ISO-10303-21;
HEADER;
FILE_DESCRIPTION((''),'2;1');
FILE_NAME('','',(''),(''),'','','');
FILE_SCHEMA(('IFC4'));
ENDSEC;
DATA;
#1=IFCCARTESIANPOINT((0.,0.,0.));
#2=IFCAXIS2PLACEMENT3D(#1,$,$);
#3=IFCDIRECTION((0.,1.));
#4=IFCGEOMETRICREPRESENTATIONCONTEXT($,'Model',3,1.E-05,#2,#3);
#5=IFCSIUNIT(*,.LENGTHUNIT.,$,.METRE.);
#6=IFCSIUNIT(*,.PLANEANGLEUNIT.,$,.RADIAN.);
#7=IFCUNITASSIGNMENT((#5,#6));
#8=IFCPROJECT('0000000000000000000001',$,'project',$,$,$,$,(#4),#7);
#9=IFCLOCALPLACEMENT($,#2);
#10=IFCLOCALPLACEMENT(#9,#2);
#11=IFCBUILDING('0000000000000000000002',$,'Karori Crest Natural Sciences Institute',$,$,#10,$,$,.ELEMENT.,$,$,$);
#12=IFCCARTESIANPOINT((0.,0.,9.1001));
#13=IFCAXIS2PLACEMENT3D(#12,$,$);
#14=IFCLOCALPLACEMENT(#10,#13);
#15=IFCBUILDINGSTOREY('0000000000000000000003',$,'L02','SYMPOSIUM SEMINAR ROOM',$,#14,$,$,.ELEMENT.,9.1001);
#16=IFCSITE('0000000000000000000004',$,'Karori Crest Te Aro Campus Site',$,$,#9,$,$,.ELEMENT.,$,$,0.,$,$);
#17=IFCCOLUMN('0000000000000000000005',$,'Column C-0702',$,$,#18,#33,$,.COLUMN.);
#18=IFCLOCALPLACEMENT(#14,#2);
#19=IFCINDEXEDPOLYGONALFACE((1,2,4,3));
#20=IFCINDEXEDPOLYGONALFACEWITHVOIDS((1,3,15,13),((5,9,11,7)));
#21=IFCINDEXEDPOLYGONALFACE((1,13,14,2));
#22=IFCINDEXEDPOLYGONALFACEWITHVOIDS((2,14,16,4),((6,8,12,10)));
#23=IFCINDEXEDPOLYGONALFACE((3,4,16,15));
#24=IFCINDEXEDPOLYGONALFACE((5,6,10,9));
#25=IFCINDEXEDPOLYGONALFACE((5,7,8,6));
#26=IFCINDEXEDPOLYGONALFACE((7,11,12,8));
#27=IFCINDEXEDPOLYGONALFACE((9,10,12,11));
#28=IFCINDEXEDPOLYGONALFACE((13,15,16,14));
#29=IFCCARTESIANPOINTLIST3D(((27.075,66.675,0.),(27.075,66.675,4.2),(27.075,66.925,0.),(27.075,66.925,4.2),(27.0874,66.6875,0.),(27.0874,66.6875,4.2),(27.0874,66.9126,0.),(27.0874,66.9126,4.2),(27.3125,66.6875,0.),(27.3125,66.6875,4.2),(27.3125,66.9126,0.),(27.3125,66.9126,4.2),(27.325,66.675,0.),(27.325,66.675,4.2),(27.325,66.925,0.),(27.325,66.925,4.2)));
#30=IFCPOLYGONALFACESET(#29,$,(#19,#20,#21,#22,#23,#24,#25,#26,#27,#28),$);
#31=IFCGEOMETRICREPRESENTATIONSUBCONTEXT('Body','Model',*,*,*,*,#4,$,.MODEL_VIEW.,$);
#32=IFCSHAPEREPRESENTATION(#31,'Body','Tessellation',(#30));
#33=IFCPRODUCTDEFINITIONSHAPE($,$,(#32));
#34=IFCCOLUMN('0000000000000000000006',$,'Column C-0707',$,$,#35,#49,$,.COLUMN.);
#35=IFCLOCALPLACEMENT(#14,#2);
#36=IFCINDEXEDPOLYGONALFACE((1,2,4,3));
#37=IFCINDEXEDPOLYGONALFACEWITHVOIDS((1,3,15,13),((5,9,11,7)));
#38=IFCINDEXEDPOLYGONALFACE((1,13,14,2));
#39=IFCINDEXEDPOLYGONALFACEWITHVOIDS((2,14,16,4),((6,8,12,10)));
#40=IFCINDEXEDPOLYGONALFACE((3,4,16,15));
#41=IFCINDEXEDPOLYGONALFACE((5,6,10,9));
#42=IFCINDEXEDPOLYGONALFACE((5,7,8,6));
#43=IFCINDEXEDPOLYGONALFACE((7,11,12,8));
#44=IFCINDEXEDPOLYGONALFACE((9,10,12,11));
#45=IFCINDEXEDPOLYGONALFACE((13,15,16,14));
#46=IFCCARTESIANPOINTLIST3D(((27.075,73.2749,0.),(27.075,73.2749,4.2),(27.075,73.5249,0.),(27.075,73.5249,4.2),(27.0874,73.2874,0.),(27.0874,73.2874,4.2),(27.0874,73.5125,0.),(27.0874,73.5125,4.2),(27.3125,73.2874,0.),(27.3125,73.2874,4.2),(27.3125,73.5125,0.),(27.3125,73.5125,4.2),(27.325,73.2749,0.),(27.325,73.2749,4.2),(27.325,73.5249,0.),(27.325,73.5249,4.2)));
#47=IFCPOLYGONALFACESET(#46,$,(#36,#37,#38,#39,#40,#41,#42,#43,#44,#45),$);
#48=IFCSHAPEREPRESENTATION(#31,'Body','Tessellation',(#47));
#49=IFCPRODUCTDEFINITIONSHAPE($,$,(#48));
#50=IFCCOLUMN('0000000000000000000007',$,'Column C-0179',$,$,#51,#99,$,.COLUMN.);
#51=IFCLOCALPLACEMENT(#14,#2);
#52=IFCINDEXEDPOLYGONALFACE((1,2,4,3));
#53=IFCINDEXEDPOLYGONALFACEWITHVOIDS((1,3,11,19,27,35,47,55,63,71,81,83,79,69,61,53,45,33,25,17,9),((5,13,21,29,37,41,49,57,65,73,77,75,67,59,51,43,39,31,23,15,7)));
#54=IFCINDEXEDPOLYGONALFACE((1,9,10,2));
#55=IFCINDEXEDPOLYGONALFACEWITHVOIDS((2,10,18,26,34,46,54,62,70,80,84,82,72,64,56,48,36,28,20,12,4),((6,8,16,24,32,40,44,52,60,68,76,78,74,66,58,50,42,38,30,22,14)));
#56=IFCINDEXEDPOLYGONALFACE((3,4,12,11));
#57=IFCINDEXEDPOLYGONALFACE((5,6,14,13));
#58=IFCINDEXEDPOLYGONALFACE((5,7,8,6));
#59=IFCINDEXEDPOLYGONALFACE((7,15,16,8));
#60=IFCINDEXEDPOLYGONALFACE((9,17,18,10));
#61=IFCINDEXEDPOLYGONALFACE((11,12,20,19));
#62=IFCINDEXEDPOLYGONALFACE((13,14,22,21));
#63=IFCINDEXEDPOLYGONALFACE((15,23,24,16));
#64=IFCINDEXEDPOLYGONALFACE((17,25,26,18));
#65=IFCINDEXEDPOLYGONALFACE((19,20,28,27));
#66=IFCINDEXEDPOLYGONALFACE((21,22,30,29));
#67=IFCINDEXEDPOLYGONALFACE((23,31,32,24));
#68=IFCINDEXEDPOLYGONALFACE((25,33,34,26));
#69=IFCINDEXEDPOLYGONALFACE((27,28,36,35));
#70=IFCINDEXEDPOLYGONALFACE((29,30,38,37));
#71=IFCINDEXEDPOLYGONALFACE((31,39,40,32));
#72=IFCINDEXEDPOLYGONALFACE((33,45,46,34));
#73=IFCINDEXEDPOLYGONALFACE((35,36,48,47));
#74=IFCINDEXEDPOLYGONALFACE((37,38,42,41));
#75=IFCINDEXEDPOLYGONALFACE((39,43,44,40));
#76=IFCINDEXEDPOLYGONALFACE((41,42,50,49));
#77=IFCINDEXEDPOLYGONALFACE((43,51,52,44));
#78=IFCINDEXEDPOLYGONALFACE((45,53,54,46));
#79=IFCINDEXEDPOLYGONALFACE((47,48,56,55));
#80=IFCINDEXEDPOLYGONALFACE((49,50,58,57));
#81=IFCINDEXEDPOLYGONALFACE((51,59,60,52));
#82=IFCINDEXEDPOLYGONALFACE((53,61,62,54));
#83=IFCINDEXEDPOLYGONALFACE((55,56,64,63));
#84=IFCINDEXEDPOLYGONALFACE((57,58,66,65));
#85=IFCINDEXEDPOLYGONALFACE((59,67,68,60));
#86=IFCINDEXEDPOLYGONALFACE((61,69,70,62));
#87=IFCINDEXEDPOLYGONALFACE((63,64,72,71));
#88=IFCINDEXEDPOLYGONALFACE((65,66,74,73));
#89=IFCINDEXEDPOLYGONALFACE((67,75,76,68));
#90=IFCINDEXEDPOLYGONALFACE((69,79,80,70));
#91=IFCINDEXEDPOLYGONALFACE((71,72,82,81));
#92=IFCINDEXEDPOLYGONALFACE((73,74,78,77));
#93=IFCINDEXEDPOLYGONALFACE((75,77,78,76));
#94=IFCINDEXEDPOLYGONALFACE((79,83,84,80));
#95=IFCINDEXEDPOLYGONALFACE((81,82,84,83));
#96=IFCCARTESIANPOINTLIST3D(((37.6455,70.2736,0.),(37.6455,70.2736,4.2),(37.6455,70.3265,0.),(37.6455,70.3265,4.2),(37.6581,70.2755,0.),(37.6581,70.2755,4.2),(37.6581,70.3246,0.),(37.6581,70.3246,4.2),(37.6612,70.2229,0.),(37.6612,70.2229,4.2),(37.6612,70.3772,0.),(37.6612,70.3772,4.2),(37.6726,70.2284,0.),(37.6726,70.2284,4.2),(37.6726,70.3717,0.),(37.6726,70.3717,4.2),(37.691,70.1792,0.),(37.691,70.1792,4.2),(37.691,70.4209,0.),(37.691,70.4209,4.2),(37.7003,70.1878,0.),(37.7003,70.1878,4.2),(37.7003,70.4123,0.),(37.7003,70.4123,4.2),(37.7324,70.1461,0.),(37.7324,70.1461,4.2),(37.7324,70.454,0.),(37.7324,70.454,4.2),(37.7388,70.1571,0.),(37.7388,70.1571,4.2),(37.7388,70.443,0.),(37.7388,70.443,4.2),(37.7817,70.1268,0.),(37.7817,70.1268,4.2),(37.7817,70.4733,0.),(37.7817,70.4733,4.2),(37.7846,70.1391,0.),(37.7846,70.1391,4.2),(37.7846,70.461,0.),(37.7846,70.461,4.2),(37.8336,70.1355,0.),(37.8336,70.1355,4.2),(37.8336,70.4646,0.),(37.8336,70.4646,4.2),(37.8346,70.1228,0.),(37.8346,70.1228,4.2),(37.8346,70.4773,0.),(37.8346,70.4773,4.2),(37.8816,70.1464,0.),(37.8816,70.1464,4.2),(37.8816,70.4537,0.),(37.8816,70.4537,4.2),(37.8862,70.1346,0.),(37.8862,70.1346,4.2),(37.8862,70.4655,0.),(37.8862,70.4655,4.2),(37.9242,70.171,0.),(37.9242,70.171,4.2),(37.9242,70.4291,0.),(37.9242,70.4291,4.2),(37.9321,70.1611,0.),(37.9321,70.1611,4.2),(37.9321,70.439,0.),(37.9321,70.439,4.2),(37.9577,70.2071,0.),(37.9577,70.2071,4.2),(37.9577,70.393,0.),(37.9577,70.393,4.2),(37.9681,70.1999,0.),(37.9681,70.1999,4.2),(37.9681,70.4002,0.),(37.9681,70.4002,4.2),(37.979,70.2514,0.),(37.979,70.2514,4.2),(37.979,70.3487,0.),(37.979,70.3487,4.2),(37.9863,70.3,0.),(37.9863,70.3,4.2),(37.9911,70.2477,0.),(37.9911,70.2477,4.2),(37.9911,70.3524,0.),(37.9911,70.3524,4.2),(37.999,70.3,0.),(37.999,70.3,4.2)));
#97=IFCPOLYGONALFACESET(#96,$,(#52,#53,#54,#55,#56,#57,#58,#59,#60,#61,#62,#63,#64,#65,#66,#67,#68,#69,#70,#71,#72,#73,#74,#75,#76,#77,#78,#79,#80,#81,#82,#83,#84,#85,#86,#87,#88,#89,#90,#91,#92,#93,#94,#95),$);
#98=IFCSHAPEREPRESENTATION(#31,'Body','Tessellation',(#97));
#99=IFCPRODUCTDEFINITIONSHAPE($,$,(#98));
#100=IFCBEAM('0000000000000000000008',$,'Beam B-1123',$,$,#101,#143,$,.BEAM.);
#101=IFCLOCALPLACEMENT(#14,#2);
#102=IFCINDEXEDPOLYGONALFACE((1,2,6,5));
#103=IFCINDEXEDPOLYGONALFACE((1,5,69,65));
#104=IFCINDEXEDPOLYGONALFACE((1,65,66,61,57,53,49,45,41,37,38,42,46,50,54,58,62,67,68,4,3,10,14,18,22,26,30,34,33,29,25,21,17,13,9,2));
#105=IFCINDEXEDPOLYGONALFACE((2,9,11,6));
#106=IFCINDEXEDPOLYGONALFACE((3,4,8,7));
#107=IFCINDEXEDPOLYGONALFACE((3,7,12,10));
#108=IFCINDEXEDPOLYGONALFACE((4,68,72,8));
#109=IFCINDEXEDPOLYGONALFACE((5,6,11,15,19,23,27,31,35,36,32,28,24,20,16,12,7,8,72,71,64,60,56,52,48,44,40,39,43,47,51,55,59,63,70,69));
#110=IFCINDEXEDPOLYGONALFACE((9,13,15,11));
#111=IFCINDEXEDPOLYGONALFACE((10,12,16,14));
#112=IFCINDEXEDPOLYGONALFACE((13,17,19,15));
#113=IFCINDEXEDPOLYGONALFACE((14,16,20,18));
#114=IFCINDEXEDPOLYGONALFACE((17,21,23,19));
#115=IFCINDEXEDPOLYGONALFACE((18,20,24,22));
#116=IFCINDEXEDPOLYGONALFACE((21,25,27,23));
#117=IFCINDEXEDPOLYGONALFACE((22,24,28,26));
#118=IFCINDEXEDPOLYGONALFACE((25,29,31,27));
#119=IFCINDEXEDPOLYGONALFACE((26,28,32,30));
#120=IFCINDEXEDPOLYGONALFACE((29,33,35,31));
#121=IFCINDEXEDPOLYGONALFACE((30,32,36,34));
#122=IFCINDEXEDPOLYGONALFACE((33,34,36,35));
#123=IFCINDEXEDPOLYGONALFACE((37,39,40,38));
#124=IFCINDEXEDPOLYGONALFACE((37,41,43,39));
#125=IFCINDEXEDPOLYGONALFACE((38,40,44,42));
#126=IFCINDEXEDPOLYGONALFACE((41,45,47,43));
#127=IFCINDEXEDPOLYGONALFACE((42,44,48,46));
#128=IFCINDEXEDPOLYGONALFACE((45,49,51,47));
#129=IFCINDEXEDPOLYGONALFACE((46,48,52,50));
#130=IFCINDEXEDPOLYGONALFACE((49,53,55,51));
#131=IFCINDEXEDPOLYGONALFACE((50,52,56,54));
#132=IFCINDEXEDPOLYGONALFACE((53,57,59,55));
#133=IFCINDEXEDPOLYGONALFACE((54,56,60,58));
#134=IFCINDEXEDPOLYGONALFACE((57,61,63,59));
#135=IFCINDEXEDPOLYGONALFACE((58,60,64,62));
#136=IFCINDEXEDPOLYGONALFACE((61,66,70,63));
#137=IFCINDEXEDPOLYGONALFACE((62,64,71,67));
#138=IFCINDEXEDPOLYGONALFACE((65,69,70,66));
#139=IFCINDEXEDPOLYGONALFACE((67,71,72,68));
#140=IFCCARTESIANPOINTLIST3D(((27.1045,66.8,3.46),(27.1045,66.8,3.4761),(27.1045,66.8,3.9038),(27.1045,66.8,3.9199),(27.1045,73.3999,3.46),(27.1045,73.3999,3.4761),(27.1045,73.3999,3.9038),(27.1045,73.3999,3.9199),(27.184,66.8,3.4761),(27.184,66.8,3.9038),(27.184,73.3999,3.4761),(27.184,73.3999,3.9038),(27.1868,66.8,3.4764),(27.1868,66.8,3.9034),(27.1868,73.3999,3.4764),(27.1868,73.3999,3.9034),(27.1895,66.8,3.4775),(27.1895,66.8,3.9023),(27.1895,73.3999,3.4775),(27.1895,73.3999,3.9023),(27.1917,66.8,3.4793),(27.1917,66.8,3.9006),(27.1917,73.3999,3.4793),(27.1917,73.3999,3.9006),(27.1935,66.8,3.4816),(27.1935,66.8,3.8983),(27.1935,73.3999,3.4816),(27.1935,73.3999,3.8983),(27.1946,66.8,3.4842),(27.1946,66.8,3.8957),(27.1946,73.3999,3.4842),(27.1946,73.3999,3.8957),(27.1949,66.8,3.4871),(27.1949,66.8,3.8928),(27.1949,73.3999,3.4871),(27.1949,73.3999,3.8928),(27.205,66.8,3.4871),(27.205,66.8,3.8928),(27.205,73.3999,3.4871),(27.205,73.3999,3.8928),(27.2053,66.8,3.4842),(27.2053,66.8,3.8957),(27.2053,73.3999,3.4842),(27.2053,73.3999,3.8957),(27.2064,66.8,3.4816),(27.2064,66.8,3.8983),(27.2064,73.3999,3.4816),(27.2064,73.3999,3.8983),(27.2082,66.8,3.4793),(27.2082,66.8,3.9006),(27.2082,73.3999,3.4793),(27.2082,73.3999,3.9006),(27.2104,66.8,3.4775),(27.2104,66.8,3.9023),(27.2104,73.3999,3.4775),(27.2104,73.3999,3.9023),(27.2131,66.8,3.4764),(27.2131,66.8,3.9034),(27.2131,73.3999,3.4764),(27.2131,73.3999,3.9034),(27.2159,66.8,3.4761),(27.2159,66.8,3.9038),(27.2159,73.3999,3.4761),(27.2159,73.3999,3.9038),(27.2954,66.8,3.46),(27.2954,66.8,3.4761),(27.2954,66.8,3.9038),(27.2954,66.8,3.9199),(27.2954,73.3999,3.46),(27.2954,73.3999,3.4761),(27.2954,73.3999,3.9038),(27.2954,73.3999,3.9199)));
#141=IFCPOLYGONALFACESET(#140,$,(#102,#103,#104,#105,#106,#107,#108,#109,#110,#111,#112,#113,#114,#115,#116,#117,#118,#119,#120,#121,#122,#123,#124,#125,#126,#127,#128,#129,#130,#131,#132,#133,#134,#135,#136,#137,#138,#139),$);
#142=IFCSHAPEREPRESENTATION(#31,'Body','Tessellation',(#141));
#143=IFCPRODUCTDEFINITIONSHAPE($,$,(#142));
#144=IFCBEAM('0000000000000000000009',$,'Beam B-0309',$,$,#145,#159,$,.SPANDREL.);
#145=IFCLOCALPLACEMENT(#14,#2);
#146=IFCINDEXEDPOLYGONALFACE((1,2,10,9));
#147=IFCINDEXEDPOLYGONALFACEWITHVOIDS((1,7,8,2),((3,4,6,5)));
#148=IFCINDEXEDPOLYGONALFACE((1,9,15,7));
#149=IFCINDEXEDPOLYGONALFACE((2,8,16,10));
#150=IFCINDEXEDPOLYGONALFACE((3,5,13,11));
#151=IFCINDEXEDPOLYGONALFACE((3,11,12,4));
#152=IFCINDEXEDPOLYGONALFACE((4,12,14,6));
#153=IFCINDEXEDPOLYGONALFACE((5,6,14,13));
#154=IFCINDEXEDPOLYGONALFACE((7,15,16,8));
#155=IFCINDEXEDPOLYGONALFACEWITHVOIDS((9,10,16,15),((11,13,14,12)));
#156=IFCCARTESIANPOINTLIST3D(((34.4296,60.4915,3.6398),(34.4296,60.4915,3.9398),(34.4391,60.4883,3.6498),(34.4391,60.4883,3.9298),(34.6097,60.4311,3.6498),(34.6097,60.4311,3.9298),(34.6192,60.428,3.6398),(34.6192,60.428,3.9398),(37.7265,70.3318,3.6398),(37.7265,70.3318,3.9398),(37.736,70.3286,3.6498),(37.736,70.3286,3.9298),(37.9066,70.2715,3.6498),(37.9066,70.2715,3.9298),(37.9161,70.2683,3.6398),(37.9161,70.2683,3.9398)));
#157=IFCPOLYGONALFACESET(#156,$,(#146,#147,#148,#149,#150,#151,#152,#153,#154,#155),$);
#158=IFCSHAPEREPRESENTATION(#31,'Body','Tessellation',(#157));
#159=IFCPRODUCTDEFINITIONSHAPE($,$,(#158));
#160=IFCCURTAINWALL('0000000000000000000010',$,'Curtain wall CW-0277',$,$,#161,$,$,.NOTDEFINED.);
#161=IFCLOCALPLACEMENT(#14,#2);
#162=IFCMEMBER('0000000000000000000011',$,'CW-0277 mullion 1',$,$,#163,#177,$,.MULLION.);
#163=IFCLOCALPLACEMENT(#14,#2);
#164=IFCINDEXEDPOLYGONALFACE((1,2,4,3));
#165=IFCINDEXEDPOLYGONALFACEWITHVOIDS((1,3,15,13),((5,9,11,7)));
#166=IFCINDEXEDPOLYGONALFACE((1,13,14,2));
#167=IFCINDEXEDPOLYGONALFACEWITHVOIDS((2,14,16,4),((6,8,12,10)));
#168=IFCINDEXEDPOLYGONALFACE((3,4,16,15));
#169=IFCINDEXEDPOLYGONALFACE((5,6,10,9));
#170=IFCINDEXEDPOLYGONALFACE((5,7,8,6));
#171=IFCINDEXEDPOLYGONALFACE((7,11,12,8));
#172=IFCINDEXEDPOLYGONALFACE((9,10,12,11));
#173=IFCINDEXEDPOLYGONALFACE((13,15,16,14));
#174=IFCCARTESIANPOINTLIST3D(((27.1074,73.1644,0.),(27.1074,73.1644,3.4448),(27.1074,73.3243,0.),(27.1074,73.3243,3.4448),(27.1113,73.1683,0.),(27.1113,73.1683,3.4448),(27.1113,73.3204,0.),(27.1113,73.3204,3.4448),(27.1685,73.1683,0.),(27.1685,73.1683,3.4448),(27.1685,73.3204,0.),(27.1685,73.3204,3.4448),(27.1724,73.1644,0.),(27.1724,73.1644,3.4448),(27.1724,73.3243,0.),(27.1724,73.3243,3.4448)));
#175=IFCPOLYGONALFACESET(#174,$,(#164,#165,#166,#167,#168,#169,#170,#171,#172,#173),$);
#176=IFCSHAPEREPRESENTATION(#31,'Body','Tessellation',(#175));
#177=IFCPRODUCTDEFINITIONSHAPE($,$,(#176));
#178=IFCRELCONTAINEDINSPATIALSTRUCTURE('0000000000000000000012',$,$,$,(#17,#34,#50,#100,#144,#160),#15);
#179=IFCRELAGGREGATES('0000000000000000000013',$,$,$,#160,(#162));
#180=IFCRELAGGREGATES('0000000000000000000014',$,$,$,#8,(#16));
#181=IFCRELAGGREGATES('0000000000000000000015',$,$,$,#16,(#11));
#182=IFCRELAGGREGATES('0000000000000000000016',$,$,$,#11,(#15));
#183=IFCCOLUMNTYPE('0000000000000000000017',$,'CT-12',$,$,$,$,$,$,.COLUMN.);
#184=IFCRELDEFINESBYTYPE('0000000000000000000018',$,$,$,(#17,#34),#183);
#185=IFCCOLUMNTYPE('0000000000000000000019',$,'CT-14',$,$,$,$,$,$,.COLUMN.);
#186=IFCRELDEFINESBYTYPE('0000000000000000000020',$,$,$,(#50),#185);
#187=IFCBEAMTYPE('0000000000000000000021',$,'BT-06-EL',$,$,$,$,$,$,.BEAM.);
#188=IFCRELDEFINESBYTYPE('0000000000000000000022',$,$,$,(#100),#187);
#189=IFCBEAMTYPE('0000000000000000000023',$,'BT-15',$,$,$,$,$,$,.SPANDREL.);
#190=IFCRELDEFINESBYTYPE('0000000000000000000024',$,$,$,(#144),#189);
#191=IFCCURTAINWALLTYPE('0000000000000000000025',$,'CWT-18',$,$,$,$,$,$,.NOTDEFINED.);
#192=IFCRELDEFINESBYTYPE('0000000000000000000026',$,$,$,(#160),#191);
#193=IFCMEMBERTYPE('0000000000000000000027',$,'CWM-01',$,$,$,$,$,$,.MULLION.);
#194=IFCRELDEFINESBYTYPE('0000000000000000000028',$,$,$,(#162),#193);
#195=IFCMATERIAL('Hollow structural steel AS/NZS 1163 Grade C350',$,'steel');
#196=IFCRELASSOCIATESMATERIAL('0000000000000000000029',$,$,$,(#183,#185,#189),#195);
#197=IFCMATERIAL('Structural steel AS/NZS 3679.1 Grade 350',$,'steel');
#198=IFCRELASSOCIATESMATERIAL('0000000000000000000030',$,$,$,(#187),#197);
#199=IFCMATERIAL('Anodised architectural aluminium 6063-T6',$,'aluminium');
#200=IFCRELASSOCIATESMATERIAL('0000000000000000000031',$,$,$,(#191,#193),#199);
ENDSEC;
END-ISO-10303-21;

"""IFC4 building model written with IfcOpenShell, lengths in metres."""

from ifc_helpers import new_model, si_unit, direction, frame, origin, origin_2d, place, context, subcontext, project, spatial, hollow_rectangle, hollow_circle, i_section, extrude, material, material_profile, profile_set, type_object, element, aggregate, save


model = new_model("IFC4")

# Units and contexts
model_context = context("Model", 3, precision=1e-05, world=origin(), true_north=direction((0.0, 1.0)))
body_context = subcontext(model_context, "Body", "Model", "MODEL_VIEW")
ifc_project = project(units=[si_unit("LENGTHUNIT", "METRE"), si_unit("PLANEANGLEUNIT", "RADIAN")], contexts=[model_context])

# Site, building, storey
site_placement = place(None, origin())
site = spatial("IfcSite", under=ifc_project, at=site_placement, Name="Karori Crest Te Aro Campus Site", CompositionType="ELEMENT", RefElevation=0.0)
building_placement = place(site_placement, origin())
building = spatial("IfcBuilding", under=site, at=building_placement, Name="Karori Crest Natural Sciences Institute", CompositionType="ELEMENT")
storey_placement = place(building_placement, frame((0.0, 0.0, 9.1001)))
storey = spatial("IfcBuildingStorey", under=building, at=storey_placement, Name="L02", Description="SYMPOSIUM SEMINAR ROOM", CompositionType="ELEMENT", Elevation=9.1001)

# Columns
ifc_material_1 = material(Name="Hollow structural steel AS/NZS 1163 Grade C350", Category="steel")
ifc_material_profile_1 = material_profile(ifc_material_1, hollow_rectangle(XDim=0.25, YDim=0.25, WallThickness=0.0125, at=origin_2d()), Name="SHS250x250x12.5")
ifc_profile_set_1 = profile_set([ifc_material_profile_1], Name="Hollow structural steel AS/NZS 1163 Grade C350")
column_type_1 = type_object("IfcColumnType", Name="CT-12", PredefinedType="COLUMN", material=ifc_profile_set_1)
for number, where, z_axis, x_axis, name in (
    (1, (27.2, 66.8, 0.0), (0.0, 0.0, 1.0), (1.0, 0.0, 0.0), "Column C-0702"),
    (2, (27.2, 73.3999, 0.0), (0.0, 0.0, 1.0), (1.0, 0.0, 0.0), "Column C-0707"),
):
    element("IfcColumn", number, at=place(storey_placement, frame(where, z_axis=z_axis, x_axis=x_axis)), inside=storey, type_object=column_type_1, Name=name, PredefinedType="COLUMN", context=body_context, shape_type="SweptSolid", body=[
        extrude(hollow_rectangle(XDim=0.25, YDim=0.25, WallThickness=0.0125, at=origin_2d()), origin(), (0.0, 0.0, 1.0), 4.2),
    ])
ifc_material_profile_2 = material_profile(ifc_material_1, hollow_circle(Radius=0.1777, WallThickness=0.0127, at=origin_2d()), Name="CHS355.6x12.7")
ifc_profile_set_2 = profile_set([ifc_material_profile_2], Name="Hollow structural steel AS/NZS 1163 Grade C350")
column_type_2 = type_object("IfcColumnType", Name="CT-14", PredefinedType="COLUMN", material=ifc_profile_set_2)
column_placement = place(storey_placement, frame((37.8213, 70.3, 0.0), z_axis=(0.0, 0.0, 1.0), x_axis=(1.0, 0.0, 0.0)))
element("IfcColumn", 3, at=column_placement, inside=storey, type_object=column_type_2, Name="Column C-0179", PredefinedType="COLUMN", context=body_context, shape_type="SweptSolid", body=[
    extrude(hollow_circle(Radius=0.1777, WallThickness=0.0127, at=origin_2d()), origin(), (0.0, 0.0, 1.0), 4.2),
])

# Beams
ifc_material_2 = material(Name="Structural steel AS/NZS 3679.1 Grade 350", Category="steel")
ifc_material_profile_3 = material_profile(ifc_material_2, i_section(OverallWidth=0.1909, OverallDepth=0.46, WebThickness=0.01, FlangeThickness=0.0161, FilletRadius=0.011, at=origin_2d()), Name="460UB82.1")
ifc_profile_set_3 = profile_set([ifc_material_profile_3], Name="Structural steel AS/NZS 3679.1 Grade 350")
beam_type_1 = type_object("IfcBeamType", Name="BT-06-EL", PredefinedType="BEAM", material=ifc_profile_set_3)
beam_1_placement = place(storey_placement, frame((27.2, 66.8, 3.6899), z_axis=(0.0, 1.0, 0.0), x_axis=(-1.0, 0.0, 0.0)))
element("IfcBeam", 4, at=beam_1_placement, inside=storey, type_object=beam_type_1, Name="Beam B-1123", PredefinedType="BEAM", context=body_context, shape_type="SweptSolid", body=[
    extrude(i_section(OverallWidth=0.1909, OverallDepth=0.46, WebThickness=0.01, FlangeThickness=0.0161, FilletRadius=0.011, at=origin_2d()), origin(), (0.0, 0.0, 1.0), 6.5999),
])
ifc_material_profile_4 = material_profile(ifc_material_1, hollow_rectangle(XDim=0.2, YDim=0.3, WallThickness=0.01, at=origin_2d()), Name="RHS300x200x10")
ifc_profile_set_4 = profile_set([ifc_material_profile_4], Name="Hollow structural steel AS/NZS 1163 Grade C350")
beam_type_2 = type_object("IfcBeamType", Name="BT-15", PredefinedType="SPANDREL", material=ifc_profile_set_4)
beam_2_placement = place(storey_placement, frame((37.8213, 70.3, 3.7898), z_axis=(-0.317681, -0.948198, 0.0), x_axis=(0.948198, -0.317681, 0.0)))
element("IfcBeam", 5, at=beam_2_placement, inside=storey, type_object=beam_type_2, Name="Beam B-0309", PredefinedType="SPANDREL", context=body_context, shape_type="SweptSolid", body=[
    extrude(hollow_rectangle(XDim=0.2, YDim=0.3, WallThickness=0.01, at=origin_2d()), origin(), (0.0, 0.0, 1.0), 10.3779),
])

# Curtain wall, member
ifc_material_3 = material(Name="Anodised architectural aluminium 6063-T6", Category="aluminium")
curtain_wall_type_1 = type_object("IfcCurtainWallType", Name="CWT-18", PredefinedType="NOTDEFINED", material=ifc_material_3)
curtain_wall_1_placement = place(storey_placement, origin())
curtain_wall_1 = element("IfcCurtainWall", 6, at=curtain_wall_1_placement, inside=storey, type_object=curtain_wall_type_1, Name="Curtain wall CW-0277", PredefinedType="NOTDEFINED")
ifc_material_profile_5 = material_profile(ifc_material_3, hollow_rectangle(XDim=0.0649, YDim=0.1599, WallThickness=0.0039, at=origin_2d()), Name="CWM160x65x4")
ifc_profile_set_5 = profile_set([ifc_material_profile_5], Name="Anodised architectural aluminium 6063-T6")
member_type_1 = type_object("IfcMemberType", Name="CWM-01", PredefinedType="MULLION", material=ifc_profile_set_5)
member_1_placement = place(storey_placement, frame((27.1399, 73.2444, 0.0), z_axis=(0.0, 0.0, 1.0), x_axis=(1.0, 0.0, 0.0)))
member_1 = element("IfcMember", 7, at=member_1_placement, type_object=member_type_1, Name="CW-0277 mullion 1", PredefinedType="MULLION", context=body_context, shape_type="SweptSolid", body=[
    extrude(hollow_rectangle(XDim=0.0649, YDim=0.1599, WallThickness=0.0039, at=origin_2d()), origin(), (0.0, 0.0, 1.0), 3.4448),
])
aggregate(curtain_wall_1, [member_1])

save(model, "model.ifc")
